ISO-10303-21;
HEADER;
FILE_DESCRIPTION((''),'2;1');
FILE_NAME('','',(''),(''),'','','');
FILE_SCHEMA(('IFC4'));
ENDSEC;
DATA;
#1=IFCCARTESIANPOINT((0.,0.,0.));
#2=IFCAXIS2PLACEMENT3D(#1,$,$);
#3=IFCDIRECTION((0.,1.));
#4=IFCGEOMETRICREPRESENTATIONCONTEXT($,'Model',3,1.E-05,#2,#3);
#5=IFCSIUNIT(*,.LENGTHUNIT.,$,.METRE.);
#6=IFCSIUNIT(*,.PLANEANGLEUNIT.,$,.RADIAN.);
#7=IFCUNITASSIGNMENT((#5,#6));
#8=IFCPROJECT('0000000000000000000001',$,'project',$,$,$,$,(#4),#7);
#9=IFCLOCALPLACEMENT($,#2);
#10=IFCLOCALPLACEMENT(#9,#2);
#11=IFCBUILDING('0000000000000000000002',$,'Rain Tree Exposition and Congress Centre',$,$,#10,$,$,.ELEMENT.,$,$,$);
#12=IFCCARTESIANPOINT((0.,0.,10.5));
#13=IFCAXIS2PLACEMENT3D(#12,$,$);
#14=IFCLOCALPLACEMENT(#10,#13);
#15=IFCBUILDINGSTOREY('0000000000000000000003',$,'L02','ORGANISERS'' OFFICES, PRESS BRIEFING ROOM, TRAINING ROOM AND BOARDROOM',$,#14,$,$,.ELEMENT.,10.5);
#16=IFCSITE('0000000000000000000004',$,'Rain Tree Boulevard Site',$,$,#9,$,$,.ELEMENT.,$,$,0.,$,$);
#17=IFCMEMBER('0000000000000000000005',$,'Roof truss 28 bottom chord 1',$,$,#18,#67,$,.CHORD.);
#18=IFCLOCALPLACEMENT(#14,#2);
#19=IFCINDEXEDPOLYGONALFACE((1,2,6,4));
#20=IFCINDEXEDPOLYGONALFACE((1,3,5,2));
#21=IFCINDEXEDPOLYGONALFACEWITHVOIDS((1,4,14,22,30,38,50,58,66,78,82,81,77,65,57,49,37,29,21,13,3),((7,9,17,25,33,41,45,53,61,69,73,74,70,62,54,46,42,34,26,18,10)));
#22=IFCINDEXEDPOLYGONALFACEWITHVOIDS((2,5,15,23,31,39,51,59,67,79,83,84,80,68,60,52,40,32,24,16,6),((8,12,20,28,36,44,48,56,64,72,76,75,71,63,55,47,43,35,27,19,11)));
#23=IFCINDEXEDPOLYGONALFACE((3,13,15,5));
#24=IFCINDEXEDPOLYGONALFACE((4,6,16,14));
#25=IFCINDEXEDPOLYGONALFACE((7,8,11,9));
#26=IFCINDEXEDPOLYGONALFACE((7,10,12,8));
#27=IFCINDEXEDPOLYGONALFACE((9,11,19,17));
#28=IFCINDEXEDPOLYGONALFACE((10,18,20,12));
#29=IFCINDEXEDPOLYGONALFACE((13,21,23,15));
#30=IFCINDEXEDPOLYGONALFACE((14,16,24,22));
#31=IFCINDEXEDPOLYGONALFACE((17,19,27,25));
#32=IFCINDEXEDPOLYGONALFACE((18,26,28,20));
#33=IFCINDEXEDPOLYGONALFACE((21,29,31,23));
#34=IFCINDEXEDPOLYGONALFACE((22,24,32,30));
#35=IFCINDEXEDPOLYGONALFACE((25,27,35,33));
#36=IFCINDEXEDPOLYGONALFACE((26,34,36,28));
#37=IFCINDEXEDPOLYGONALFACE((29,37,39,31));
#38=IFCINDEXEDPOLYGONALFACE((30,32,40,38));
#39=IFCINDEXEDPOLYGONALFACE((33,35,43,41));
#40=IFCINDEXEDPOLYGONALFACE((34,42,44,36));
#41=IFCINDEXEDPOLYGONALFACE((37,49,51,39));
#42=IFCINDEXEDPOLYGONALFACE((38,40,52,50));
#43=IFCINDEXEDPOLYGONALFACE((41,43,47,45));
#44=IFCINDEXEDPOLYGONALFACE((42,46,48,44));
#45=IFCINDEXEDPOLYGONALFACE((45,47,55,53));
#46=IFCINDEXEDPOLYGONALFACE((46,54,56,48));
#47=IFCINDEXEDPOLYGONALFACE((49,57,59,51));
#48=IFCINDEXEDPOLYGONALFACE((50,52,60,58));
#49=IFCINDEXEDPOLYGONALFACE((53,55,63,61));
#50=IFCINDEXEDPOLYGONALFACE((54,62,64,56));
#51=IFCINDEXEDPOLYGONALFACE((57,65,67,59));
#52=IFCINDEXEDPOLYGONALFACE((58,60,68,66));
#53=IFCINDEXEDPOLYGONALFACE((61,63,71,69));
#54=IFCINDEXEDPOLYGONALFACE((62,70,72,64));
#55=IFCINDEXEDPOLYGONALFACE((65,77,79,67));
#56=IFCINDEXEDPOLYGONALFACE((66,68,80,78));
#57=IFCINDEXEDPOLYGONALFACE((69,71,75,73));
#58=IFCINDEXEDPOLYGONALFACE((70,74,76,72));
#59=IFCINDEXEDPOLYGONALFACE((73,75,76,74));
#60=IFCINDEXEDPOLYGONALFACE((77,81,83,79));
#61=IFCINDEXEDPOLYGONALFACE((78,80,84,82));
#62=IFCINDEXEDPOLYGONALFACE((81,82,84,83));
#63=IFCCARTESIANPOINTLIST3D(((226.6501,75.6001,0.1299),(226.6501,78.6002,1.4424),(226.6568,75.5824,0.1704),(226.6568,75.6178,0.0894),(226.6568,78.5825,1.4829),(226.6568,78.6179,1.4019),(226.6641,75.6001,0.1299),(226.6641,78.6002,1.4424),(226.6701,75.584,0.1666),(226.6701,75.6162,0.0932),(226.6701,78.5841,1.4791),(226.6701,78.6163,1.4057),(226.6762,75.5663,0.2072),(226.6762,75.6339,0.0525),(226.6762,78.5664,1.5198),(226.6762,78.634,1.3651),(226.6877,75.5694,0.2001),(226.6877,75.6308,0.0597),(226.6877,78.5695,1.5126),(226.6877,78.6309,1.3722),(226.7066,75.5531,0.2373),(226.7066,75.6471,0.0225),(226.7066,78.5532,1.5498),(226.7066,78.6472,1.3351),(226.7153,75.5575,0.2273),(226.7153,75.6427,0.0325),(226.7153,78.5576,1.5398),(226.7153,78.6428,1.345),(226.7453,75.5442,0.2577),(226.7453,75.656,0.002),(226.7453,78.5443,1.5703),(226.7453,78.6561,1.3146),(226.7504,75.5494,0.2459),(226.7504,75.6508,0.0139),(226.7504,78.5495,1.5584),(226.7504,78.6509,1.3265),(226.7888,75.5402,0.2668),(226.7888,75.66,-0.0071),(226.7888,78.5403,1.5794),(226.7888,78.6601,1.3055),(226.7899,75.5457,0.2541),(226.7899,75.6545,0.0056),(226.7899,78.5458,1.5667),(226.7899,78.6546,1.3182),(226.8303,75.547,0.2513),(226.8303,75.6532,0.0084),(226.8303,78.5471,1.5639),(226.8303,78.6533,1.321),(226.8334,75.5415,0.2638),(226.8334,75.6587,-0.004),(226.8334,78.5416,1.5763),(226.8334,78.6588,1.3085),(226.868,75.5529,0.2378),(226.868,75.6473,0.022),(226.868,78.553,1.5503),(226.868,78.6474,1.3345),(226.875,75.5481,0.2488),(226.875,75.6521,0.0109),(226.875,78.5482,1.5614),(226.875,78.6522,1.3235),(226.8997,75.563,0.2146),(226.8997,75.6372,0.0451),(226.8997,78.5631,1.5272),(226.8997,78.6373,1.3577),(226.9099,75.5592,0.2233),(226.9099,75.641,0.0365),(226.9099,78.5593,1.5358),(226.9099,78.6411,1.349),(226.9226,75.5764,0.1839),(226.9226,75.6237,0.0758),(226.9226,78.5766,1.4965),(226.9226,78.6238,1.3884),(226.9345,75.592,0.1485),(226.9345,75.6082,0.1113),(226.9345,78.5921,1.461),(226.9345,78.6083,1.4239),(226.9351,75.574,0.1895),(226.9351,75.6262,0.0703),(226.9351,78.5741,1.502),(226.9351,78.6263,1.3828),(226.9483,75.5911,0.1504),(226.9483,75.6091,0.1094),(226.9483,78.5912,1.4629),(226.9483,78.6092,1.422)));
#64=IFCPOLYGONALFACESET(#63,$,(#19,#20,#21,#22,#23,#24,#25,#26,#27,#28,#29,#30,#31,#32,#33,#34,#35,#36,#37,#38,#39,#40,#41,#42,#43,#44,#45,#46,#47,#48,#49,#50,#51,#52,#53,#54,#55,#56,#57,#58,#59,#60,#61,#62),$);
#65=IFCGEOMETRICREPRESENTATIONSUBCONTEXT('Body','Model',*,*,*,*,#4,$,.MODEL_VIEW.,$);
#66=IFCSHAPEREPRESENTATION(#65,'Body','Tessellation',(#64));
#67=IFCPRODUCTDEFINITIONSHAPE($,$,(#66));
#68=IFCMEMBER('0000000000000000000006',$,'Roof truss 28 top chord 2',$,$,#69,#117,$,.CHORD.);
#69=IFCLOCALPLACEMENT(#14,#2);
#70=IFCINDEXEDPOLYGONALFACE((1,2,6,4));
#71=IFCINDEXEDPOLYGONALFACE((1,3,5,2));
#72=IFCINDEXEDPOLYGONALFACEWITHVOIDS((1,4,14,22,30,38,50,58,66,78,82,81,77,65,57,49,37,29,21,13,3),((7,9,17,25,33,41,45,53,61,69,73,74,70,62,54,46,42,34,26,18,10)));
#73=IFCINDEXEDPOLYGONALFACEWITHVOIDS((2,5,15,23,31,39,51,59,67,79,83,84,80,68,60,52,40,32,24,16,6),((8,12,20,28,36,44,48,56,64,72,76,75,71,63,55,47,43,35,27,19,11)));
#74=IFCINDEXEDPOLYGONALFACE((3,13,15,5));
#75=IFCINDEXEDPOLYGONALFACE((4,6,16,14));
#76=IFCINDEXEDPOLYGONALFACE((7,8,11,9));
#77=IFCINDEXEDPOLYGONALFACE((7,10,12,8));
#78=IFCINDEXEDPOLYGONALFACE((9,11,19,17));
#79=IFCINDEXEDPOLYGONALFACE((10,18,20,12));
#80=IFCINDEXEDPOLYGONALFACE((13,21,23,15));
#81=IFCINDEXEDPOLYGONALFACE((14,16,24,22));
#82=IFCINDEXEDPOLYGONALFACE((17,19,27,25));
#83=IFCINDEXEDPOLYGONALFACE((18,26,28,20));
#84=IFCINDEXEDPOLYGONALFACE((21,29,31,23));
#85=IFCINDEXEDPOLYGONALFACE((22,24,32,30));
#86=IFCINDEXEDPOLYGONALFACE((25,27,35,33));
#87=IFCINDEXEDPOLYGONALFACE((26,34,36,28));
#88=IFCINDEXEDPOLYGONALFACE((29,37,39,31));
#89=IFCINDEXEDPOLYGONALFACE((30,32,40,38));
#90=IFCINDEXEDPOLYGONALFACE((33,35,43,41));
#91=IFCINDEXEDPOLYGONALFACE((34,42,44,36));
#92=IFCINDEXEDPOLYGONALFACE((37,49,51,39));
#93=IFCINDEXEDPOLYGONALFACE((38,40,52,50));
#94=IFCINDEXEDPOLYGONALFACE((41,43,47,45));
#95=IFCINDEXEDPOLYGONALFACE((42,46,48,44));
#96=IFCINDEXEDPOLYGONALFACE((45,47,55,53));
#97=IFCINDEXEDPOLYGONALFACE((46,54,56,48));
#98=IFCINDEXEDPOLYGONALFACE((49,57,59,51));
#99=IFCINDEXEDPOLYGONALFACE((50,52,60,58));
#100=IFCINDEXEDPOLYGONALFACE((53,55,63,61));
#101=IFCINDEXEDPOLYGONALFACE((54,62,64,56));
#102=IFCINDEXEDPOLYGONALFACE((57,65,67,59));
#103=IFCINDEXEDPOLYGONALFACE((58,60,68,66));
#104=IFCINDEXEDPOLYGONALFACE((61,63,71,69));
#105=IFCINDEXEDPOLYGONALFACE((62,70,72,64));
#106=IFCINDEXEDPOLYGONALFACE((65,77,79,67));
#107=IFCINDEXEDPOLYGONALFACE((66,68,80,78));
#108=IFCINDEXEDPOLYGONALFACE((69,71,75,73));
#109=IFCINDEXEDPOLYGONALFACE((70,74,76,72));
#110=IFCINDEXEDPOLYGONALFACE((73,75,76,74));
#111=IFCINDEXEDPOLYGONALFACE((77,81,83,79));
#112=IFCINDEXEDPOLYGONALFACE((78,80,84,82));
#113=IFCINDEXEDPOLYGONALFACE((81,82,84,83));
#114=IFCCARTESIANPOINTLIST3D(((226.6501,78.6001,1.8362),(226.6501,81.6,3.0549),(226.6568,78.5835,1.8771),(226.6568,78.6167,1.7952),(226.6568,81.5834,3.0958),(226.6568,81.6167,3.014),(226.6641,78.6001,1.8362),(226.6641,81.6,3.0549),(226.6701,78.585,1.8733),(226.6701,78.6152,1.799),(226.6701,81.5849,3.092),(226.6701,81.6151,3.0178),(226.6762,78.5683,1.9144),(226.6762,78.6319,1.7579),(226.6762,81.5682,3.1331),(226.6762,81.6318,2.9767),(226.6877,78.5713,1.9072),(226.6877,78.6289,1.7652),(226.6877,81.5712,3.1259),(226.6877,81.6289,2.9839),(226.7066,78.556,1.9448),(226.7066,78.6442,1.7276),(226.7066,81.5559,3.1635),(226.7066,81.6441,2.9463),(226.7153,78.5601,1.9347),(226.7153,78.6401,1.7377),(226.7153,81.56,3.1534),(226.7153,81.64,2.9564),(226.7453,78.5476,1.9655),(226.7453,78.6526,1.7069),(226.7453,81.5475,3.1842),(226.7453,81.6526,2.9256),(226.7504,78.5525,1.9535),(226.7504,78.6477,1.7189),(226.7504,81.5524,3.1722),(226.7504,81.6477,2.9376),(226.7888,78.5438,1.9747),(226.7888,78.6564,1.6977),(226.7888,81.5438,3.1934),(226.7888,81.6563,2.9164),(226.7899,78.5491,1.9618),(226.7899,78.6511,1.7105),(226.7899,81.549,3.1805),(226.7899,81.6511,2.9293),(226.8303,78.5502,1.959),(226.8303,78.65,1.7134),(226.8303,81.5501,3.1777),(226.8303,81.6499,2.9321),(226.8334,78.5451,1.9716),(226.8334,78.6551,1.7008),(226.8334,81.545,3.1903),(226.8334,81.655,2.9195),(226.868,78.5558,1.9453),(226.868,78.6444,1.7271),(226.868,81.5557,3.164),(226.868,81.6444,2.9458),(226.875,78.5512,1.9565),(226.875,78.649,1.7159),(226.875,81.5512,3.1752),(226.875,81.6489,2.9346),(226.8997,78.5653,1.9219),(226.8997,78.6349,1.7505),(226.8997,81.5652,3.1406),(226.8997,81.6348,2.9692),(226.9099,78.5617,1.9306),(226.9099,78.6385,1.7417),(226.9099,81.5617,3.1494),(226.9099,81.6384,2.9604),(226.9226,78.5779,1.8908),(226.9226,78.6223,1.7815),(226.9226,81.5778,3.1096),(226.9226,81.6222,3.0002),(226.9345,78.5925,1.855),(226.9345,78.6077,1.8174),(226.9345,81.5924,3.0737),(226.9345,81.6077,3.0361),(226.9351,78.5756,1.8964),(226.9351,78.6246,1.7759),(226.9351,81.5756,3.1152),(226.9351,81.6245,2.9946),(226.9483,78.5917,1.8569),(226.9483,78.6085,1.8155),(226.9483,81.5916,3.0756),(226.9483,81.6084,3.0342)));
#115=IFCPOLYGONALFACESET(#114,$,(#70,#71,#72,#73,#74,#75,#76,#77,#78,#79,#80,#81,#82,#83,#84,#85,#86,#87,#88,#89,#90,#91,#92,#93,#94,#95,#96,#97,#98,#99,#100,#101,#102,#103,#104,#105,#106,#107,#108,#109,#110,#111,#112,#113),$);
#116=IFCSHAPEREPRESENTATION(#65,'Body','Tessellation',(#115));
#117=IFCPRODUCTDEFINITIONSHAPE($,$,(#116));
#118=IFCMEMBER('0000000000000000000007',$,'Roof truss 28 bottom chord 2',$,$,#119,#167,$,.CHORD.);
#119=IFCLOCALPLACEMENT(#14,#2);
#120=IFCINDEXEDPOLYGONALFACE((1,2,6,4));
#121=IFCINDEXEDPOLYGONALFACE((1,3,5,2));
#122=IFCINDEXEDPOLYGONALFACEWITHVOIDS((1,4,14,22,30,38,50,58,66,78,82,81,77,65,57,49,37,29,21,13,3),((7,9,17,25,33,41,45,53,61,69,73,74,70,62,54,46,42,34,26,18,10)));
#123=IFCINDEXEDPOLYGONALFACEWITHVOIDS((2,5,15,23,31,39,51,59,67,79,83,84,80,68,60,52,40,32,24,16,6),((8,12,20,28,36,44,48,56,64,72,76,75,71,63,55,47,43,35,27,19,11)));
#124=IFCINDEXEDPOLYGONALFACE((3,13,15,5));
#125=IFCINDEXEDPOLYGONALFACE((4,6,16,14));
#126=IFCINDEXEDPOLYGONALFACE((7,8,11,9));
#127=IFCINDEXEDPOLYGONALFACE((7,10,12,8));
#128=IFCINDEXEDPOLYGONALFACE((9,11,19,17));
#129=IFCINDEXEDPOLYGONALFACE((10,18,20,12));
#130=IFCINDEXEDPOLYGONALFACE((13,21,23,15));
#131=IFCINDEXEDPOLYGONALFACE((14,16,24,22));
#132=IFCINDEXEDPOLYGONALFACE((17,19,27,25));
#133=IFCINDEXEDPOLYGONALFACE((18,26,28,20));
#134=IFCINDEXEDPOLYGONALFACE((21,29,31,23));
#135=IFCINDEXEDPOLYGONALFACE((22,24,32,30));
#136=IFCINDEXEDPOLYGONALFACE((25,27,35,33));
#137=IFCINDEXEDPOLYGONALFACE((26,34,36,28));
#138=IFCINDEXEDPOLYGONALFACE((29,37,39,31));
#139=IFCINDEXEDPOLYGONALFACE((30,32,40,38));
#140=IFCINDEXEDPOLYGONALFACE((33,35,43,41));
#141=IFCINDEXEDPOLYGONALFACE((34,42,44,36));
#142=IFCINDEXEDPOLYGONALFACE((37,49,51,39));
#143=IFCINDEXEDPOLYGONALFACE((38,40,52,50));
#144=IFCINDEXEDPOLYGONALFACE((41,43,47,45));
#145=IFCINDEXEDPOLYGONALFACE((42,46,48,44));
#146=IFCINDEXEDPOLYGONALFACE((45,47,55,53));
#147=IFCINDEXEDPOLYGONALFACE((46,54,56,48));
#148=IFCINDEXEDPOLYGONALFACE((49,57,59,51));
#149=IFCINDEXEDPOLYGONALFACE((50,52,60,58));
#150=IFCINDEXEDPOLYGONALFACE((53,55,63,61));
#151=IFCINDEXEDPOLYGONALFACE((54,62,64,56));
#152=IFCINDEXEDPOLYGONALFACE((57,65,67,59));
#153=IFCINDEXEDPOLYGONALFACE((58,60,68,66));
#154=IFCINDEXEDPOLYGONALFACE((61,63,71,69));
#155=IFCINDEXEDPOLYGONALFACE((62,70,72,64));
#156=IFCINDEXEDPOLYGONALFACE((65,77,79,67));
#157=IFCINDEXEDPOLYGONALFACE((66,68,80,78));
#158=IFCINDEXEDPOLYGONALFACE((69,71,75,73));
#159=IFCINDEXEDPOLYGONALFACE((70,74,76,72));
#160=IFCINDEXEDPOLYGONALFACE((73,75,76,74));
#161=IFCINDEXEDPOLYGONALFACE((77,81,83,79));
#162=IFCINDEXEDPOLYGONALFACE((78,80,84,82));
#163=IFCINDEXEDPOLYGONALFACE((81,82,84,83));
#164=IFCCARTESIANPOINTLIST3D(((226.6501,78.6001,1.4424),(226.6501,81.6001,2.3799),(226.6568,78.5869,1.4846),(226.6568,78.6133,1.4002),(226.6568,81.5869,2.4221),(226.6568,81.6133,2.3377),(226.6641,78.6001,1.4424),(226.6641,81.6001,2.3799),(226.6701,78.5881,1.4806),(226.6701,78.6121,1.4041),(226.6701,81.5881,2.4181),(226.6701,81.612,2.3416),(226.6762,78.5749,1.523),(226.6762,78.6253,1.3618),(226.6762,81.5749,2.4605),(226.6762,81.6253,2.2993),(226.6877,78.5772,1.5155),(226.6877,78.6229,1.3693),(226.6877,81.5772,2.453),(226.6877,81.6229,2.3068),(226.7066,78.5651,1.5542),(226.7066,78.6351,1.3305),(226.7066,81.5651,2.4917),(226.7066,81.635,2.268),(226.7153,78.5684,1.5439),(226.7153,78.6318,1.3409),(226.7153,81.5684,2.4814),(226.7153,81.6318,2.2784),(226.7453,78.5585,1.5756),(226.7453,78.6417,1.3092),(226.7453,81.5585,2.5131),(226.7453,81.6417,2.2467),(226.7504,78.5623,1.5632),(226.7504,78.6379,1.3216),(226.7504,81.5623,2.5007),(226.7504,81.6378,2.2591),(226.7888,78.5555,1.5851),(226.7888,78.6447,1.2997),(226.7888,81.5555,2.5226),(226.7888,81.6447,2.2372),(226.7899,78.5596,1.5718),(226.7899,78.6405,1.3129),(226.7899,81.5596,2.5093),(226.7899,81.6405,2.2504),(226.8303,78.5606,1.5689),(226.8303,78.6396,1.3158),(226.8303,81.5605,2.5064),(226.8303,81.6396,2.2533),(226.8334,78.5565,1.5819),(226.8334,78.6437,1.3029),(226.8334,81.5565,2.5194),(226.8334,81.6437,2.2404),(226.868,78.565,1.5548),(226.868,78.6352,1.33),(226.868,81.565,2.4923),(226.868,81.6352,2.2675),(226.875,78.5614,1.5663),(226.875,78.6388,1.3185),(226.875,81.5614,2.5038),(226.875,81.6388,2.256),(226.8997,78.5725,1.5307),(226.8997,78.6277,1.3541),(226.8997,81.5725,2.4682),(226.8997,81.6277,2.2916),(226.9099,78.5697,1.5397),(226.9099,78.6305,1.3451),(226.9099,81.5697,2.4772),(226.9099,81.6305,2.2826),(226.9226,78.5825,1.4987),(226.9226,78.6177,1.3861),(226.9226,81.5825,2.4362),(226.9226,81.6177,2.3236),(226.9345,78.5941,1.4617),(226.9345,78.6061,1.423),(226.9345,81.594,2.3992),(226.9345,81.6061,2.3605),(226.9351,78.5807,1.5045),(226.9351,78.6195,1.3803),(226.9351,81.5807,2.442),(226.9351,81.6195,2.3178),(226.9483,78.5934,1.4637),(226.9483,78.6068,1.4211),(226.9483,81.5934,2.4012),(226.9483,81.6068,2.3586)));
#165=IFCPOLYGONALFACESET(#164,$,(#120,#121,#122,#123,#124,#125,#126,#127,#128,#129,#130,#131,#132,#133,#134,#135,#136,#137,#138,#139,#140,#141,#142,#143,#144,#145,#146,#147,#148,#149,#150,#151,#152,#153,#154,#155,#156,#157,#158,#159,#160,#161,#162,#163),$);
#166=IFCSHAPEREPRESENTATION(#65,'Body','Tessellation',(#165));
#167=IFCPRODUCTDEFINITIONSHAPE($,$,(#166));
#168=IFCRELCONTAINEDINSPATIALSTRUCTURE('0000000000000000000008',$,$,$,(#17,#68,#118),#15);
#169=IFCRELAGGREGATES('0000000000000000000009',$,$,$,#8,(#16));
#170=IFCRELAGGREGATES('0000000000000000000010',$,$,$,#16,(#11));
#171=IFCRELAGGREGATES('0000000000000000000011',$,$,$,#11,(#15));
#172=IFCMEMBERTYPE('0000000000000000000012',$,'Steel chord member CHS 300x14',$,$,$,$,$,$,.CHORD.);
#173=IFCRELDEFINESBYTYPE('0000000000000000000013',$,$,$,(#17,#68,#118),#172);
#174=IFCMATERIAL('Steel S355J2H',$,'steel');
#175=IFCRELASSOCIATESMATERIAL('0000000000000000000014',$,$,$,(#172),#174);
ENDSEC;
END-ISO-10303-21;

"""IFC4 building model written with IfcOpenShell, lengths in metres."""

from ifc_helpers import new_model, si_unit, direction, frame, origin, origin_2d, place, context, subcontext, project, spatial, hollow_circle, extrude, material, material_profile, profile_set, type_object, element, save


model = new_model("IFC4")

# Units and contexts
model_context = context("Model", 3, precision=1e-05, world=origin(), true_north=direction((0.0, 1.0)))
body_context = subcontext(model_context, "Body", "Model", "MODEL_VIEW")
ifc_project = project(units=[si_unit("LENGTHUNIT", "METRE"), si_unit("PLANEANGLEUNIT", "RADIAN")], contexts=[model_context])

# Site, building, storey
site_placement = place(None, origin())
site = spatial("IfcSite", under=ifc_project, at=site_placement, Name="Rain Tree Boulevard Site", CompositionType="ELEMENT", RefElevation=0.0)
building_placement = place(site_placement, origin())
building = spatial("IfcBuilding", under=site, at=building_placement, Name="Rain Tree Exposition and Congress Centre", CompositionType="ELEMENT")
storey_placement = place(building_placement, frame((0.0, 0.0, 10.5)))
storey = spatial("IfcBuildingStorey", under=building, at=storey_placement, Name="L02", Description="ORGANISERS' OFFICES, PRESS BRIEFING ROOM, TRAINING ROOM AND BOARDROOM", CompositionType="ELEMENT", Elevation=10.5)

# Members
ifc_material_1 = material(Name="Steel S355J2H", Category="steel")
ifc_material_profile_1 = material_profile(ifc_material_1, hollow_circle(Radius=0.1499, WallThickness=0.0139, at=origin_2d()), Name="CHS 300x14")
ifc_profile_set_1 = profile_set([ifc_material_profile_1], Name="Steel S355J2H")
member_type_1 = type_object("IfcMemberType", Name="Steel chord member CHS 300x14", PredefinedType="CHORD", material=ifc_profile_set_1)
member_1_placement = place(storey_placement, frame((226.8, 75.6001, 0.1299), z_axis=(0.0, 0.916157, 0.400819), x_axis=(-1.0, 0.0, 0.0)))
element("IfcMember", 1, at=member_1_placement, inside=storey, type_object=member_type_1, Name="Roof truss 28 bottom chord 1", PredefinedType="CHORD", context=body_context, shape_type="SweptSolid", body=[
    extrude(hollow_circle(Radius=0.1499, WallThickness=0.0139, at=origin_2d()), origin(), (0.0, 0.0, 1.0), 3.2747),
])
member_2_placement = place(storey_placement, frame((226.8, 78.6001, 1.8362), z_axis=(0.0, 0.926467, 0.376377), x_axis=(-1.0, 0.0, 0.0)))
element("IfcMember", 2, at=member_2_placement, inside=storey, type_object=member_type_1, Name="Roof truss 28 top chord 2", PredefinedType="CHORD", context=body_context, shape_type="SweptSolid", body=[
    extrude(hollow_circle(Radius=0.1499, WallThickness=0.0139, at=origin_2d()), origin(), (0.0, 0.0, 1.0), 3.238),
])
member_3_placement = place(storey_placement, frame((226.8, 78.6001, 1.4424), z_axis=(0.0, 0.95448, 0.298275), x_axis=(-1.0, 0.0, 0.0)))
element("IfcMember", 3, at=member_3_placement, inside=storey, type_object=member_type_1, Name="Roof truss 28 bottom chord 2", PredefinedType="CHORD", context=body_context, shape_type="SweptSolid", body=[
    extrude(hollow_circle(Radius=0.1499, WallThickness=0.0139, at=origin_2d()), origin(), (0.0, 0.0, 1.0), 3.1431),
])

save(model, "model.ifc")
